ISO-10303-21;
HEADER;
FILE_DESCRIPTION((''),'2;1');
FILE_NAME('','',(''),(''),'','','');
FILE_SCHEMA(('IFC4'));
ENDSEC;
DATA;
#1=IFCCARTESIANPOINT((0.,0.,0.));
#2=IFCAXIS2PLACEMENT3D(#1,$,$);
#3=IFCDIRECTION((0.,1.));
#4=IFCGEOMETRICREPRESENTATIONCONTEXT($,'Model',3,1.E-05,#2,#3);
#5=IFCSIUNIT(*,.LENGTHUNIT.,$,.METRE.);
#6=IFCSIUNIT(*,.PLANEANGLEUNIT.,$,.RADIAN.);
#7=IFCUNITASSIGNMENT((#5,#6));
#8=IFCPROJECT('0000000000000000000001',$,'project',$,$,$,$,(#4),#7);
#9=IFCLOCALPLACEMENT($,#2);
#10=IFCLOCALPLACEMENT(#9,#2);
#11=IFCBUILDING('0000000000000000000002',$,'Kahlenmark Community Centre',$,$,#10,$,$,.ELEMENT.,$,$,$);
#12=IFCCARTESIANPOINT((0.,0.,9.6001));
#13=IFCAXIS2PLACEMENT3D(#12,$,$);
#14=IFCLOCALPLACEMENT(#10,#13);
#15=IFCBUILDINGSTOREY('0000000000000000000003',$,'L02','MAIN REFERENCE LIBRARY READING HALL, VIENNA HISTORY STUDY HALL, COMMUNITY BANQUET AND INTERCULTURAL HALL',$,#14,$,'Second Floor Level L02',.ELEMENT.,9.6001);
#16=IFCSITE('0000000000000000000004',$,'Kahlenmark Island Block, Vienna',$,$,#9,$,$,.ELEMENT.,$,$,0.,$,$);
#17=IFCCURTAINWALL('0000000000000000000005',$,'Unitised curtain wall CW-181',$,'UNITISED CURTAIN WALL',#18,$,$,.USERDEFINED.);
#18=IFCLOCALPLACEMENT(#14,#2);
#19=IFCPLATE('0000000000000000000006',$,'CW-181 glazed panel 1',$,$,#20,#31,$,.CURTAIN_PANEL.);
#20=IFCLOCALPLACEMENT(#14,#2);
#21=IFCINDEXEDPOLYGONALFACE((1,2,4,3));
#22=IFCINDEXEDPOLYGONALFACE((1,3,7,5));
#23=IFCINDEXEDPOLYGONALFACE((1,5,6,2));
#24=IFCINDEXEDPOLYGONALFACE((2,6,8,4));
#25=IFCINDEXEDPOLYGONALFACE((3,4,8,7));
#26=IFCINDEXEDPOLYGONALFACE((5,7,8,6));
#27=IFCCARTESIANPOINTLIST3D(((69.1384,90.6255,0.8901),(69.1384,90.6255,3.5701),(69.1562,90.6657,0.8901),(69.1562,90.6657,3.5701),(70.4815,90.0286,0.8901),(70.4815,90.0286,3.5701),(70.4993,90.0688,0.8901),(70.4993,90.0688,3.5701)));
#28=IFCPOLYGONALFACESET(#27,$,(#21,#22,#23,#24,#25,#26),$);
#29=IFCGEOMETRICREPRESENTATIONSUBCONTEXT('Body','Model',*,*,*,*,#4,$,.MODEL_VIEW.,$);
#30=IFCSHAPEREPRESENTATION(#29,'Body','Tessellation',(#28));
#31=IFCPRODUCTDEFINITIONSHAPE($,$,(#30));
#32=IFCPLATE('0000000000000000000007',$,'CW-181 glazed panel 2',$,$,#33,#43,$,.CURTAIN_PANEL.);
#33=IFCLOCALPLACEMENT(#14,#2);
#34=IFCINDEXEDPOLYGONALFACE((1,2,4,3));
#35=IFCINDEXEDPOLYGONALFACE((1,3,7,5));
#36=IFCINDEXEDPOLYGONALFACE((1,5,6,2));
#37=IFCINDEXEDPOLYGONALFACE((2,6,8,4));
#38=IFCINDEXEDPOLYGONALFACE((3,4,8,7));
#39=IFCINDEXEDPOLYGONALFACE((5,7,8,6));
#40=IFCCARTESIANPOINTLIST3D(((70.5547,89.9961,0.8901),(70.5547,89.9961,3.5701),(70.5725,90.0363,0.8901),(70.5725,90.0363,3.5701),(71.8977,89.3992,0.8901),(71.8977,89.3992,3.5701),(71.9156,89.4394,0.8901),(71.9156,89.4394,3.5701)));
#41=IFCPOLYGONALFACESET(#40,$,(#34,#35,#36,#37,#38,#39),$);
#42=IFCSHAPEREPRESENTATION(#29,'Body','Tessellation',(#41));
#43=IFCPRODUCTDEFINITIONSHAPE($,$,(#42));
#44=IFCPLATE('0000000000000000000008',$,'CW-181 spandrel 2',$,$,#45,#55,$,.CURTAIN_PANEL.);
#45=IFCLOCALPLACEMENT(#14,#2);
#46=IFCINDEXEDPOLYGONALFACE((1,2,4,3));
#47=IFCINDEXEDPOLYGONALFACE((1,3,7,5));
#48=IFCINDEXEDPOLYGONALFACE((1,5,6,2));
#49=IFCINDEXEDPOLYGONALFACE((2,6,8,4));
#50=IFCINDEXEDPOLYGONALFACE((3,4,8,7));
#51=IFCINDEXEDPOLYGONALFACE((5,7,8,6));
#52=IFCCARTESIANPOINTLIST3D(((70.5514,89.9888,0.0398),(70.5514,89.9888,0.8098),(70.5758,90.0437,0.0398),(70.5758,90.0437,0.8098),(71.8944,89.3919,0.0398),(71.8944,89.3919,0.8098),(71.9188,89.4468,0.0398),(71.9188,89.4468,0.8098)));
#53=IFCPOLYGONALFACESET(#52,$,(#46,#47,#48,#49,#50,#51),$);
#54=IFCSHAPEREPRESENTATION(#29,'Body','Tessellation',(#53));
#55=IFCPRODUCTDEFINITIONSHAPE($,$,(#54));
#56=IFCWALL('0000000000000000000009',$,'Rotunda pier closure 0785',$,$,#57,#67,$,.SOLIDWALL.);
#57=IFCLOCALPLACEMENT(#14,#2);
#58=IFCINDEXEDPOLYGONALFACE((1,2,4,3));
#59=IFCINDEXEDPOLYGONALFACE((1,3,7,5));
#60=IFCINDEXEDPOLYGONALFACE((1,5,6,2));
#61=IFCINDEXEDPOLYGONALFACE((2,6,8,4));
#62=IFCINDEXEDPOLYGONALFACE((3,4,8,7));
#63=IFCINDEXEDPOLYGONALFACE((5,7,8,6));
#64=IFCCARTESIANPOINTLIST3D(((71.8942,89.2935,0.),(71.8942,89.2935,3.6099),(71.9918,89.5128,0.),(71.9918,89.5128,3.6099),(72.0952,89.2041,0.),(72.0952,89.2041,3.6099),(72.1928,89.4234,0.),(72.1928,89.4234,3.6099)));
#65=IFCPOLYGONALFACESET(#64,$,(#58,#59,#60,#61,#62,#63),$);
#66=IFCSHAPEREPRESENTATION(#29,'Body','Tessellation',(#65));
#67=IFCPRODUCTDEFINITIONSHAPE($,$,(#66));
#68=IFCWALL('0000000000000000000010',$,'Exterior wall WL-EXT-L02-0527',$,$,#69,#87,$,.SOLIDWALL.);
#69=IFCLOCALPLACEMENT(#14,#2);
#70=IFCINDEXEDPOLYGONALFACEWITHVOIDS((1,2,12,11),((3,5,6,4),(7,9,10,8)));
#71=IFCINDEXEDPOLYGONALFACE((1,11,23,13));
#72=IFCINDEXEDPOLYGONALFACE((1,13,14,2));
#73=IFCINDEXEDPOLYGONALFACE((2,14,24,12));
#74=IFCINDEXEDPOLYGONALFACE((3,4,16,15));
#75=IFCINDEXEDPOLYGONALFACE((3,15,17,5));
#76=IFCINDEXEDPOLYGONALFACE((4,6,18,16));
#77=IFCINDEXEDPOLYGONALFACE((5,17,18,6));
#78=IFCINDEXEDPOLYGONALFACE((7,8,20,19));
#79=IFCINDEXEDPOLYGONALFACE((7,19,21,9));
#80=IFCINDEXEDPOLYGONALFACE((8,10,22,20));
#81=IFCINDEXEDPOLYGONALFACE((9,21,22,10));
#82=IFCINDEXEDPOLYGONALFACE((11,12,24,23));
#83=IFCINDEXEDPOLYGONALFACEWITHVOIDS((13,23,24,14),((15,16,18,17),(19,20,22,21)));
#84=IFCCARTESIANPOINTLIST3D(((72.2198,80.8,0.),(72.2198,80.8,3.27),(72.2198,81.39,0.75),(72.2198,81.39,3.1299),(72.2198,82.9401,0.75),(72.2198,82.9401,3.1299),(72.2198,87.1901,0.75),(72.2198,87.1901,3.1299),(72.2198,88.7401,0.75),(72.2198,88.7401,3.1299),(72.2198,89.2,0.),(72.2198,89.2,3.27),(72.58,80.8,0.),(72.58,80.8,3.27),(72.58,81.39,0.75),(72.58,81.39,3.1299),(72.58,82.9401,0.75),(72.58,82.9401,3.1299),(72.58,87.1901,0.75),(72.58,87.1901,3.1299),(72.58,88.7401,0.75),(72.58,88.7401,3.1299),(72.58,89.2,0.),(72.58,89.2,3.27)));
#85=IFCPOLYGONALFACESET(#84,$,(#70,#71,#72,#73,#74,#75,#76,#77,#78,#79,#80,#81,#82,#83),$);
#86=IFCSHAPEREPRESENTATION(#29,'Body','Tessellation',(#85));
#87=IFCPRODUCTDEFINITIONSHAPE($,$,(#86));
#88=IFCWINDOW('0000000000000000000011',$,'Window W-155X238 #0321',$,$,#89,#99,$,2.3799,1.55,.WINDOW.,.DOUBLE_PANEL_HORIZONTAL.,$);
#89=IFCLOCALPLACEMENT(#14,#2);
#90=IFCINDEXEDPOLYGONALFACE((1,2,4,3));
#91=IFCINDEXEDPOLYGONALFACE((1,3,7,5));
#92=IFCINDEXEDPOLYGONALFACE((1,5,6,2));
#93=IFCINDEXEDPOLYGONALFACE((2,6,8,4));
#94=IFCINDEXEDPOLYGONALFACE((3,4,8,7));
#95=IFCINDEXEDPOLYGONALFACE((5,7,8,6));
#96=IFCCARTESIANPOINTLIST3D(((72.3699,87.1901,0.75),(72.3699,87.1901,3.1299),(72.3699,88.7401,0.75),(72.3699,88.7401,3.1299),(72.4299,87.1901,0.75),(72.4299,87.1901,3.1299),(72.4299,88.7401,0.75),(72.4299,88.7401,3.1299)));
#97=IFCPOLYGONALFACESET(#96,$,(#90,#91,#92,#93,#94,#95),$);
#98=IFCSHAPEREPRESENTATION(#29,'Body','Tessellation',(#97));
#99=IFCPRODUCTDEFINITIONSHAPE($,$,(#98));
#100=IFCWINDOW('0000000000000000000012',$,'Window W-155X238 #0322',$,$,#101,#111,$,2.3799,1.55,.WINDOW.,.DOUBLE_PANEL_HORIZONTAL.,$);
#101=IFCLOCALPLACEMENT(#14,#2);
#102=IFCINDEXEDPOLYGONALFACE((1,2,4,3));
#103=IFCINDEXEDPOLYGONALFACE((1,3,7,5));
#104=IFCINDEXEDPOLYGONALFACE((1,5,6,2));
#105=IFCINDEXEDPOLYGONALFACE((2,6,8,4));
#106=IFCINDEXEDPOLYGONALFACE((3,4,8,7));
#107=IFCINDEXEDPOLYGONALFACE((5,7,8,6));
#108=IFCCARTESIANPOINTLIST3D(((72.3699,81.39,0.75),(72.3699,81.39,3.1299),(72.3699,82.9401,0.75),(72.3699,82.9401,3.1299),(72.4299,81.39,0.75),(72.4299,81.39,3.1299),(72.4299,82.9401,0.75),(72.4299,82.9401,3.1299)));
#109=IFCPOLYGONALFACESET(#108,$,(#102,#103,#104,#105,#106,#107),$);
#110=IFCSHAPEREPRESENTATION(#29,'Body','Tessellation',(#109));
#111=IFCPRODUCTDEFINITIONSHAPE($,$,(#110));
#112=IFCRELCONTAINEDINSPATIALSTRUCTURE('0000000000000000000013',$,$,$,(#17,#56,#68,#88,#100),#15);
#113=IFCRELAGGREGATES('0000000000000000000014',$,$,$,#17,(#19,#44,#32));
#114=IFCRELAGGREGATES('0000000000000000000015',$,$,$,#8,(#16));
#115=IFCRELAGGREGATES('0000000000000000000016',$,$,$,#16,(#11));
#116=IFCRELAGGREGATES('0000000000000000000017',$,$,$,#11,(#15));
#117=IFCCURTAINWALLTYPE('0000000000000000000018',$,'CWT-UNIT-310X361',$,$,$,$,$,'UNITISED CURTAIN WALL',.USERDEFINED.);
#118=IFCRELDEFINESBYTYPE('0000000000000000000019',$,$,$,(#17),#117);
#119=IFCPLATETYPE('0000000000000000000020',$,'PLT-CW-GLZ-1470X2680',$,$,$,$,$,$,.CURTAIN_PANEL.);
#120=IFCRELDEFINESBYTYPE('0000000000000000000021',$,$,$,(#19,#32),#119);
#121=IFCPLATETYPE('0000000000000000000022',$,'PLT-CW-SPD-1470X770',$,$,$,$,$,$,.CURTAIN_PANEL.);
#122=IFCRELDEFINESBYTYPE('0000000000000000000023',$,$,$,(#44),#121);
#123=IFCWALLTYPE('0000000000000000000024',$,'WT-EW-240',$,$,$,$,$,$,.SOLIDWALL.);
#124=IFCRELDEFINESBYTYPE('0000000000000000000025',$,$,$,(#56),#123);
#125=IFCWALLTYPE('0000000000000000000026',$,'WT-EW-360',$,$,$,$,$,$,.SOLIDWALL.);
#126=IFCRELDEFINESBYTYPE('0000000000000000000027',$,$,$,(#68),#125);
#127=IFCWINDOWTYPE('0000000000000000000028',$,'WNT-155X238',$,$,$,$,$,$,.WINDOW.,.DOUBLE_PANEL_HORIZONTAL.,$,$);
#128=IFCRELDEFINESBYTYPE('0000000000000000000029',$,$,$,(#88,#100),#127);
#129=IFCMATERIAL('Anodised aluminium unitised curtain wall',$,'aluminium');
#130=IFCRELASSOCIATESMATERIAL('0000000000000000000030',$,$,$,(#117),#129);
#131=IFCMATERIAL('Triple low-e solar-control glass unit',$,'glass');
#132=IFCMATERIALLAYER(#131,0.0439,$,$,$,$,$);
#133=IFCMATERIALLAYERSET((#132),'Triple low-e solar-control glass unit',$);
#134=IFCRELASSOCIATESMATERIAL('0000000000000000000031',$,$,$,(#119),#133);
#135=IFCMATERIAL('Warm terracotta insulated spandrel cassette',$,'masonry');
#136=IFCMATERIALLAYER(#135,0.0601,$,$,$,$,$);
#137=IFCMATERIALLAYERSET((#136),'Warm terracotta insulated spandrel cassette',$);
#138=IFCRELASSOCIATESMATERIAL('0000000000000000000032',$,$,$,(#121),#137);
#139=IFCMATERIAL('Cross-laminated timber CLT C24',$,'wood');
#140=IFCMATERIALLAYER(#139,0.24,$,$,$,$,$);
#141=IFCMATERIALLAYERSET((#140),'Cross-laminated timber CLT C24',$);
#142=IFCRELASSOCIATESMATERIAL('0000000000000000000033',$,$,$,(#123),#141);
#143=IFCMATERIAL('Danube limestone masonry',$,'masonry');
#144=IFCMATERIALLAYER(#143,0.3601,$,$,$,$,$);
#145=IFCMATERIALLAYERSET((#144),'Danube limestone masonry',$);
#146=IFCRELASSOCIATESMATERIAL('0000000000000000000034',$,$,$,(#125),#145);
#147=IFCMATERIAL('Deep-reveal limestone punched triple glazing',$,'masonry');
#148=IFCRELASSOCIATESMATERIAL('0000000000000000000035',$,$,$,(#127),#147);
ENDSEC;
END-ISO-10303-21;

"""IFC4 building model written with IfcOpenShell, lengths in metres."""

from ifc_helpers import new_model, si_unit, direction, frame, frame_2d, origin, origin_2d, place, context, subcontext, project, spatial, rectangle, extrude, material, layer, layer_set, type_object, element, fill, aggregate, save


model = new_model("IFC4")

# Units and contexts
model_context = context("Model", 3, precision=1e-05, world=origin(), true_north=direction((0.0, 1.0)))
body_context = subcontext(model_context, "Body", "Model", "MODEL_VIEW")
ifc_project = project(units=[si_unit("LENGTHUNIT", "METRE"), si_unit("PLANEANGLEUNIT", "RADIAN")], contexts=[model_context])

# Site, building, storey
site_placement = place(None, origin())
site = spatial("IfcSite", under=ifc_project, at=site_placement, Name="Kahlenmark Island Block, Vienna", CompositionType="ELEMENT", RefElevation=0.0)
building_placement = place(site_placement, origin())
building = spatial("IfcBuilding", under=site, at=building_placement, Name="Kahlenmark Community Centre", CompositionType="ELEMENT")
storey_placement = place(building_placement, frame((0.0, 0.0, 9.6001)))
storey = spatial("IfcBuildingStorey", under=building, at=storey_placement, Name="L02", Description="MAIN REFERENCE LIBRARY READING HALL, VIENNA HISTORY STUDY HALL, COMMUNITY BANQUET AND INTERCULTURAL HALL", LongName="Second Floor Level L02", CompositionType="ELEMENT", Elevation=9.6001)

# Curtain wall, plates
ifc_material_1 = material(Name="Anodised aluminium unitised curtain wall", Category="aluminium")
curtain_wall_type = type_object("IfcCurtainWallType", Name="CWT-UNIT-310X361", ElementType="UNITISED CURTAIN WALL", PredefinedType="USERDEFINED", material=ifc_material_1)
curtain_wall_placement = place(storey_placement, origin())
curtain_wall = element("IfcCurtainWall", 1, at=curtain_wall_placement, inside=storey, type_object=curtain_wall_type, Name="Unitised curtain wall CW-181", ObjectType="UNITISED CURTAIN WALL", PredefinedType="USERDEFINED")
ifc_material_2 = material(Name="Triple low-e solar-control glass unit", Category="glass")
ifc_layer_1 = layer(ifc_material_2, 0.0439)
ifc_layer_set_1 = layer_set([ifc_layer_1], Name="Triple low-e solar-control glass unit")
plate_type_1 = type_object("IfcPlateType", Name="PLT-CW-GLZ-1470X2680", PredefinedType="CURTAIN_PANEL", material=ifc_layer_set_1)
plate_1_placement = place(storey_placement, frame((69.8188, 90.3472, 0.8901), z_axis=(0.0, 0.0, 1.0), x_axis=(0.913817, -0.406126, 0.0)))
plate_1 = element("IfcPlate", 2, at=plate_1_placement, type_object=plate_type_1, Name="CW-181 glazed panel 1", PredefinedType="CURTAIN_PANEL", context=body_context, shape_type="SweptSolid", body=[
    extrude(rectangle(XDim=1.4697, YDim=0.0439, at=origin_2d()), origin(), (0.0, 0.0, 1.0), 2.6799),
])
plate_2_placement = place(storey_placement, frame((71.2351, 89.7178, 0.8901), z_axis=(0.0, 0.0, 1.0), x_axis=(0.913817, -0.406126, 0.0)))
plate_2 = element("IfcPlate", 3, at=plate_2_placement, type_object=plate_type_1, Name="CW-181 glazed panel 2", PredefinedType="CURTAIN_PANEL", context=body_context, shape_type="SweptSolid", body=[
    extrude(rectangle(XDim=1.4697, YDim=0.0439, at=origin_2d()), origin(), (0.0, 0.0, 1.0), 2.6799),
])
ifc_material_3 = material(Name="Warm terracotta insulated spandrel cassette", Category="masonry")
ifc_layer_2 = layer(ifc_material_3, 0.0601)
ifc_layer_set_2 = layer_set([ifc_layer_2], Name="Warm terracotta insulated spandrel cassette")
plate_type_2 = type_object("IfcPlateType", Name="PLT-CW-SPD-1470X770", PredefinedType="CURTAIN_PANEL", material=ifc_layer_set_2)
plate_3_placement = place(storey_placement, frame((71.2351, 89.7178, 0.0398), z_axis=(0.0, 0.0, 1.0), x_axis=(0.913817, -0.406126, 0.0)))
plate_3 = element("IfcPlate", 4, at=plate_3_placement, type_object=plate_type_2, Name="CW-181 spandrel 2", PredefinedType="CURTAIN_PANEL", context=body_context, shape_type="SweptSolid", body=[
    extrude(rectangle(XDim=1.4697, YDim=0.0601, at=origin_2d()), origin(), (0.0, 0.0, 1.0), 0.77),
])
aggregate(curtain_wall, [plate_1, plate_3, plate_2])

# Wall
ifc_material_4 = material(Name="Cross-laminated timber CLT C24", Category="wood")
ifc_layer_3 = layer(ifc_material_4, 0.24)
ifc_layer_set_3 = layer_set([ifc_layer_3], Name="Cross-laminated timber CLT C24")
wall_type_1 = type_object("IfcWallType", Name="WT-EW-240", PredefinedType="SOLIDWALL", material=ifc_layer_set_3)
wall_1_placement = place(storey_placement, frame((71.9431, 89.4031, 0.0), z_axis=(0.0, 0.0, 1.0), x_axis=(0.91372, -0.406344, 0.0)))
element("IfcWall", 5, at=wall_1_placement, inside=storey, type_object=wall_type_1, Name="Rotunda pier closure 0785", PredefinedType="SOLIDWALL", context=body_context, shape_type="SweptSolid", body=[
    extrude(rectangle(XDim=0.22, YDim=0.24, at=frame_2d((0.1099, 0.0))), origin(), (0.0, 0.0, 1.0), 3.6099),
])

# Wall, openings, windows
ifc_material_5 = material(Name="Danube limestone masonry", Category="masonry")
ifc_layer_4 = layer(ifc_material_5, 0.3601)
ifc_layer_set_4 = layer_set([ifc_layer_4], Name="Danube limestone masonry")
wall_type_2 = type_object("IfcWallType", Name="WT-EW-360", PredefinedType="SOLIDWALL", material=ifc_layer_set_4)
wall_2_placement = place(storey_placement, frame((72.3999, 89.2, 0.0), z_axis=(0.0, 0.0, 1.0), x_axis=(0.0, -1.0, 0.0)))
wall_2 = element("IfcWall", 6, at=wall_2_placement, inside=storey, type_object=wall_type_2, Name="Exterior wall WL-EXT-L02-0527", PredefinedType="SOLIDWALL", context=body_context, shape_type="SweptSolid", body=[
    extrude(rectangle(XDim=8.3999, YDim=0.3601, at=frame_2d((4.2, 0.0))), origin(), (0.0, 0.0, 1.0), 3.27),
])
opening_1_placement = place(wall_2_placement, frame((0.46, 0.0, 0.75)))
opening_1 = element("IfcOpeningElement", 7, at=opening_1_placement, cuts=wall_2, PredefinedType="OPENING", context=body_context, shape_type="SweptSolid", body=[
    extrude(rectangle(XDim=1.55, YDim=2.3799, at=frame_2d((0.7749, 1.1899))), frame((0.0, 0.1899, 0.0), z_axis=(0.0, -1.0, 0.0), x_axis=(1.0, 0.0, 0.0)), (0.0, 0.0, 1.0), 0.3801),
])
opening_2_placement = place(wall_2_placement, frame((6.26, 0.0, 0.75)))
opening_2 = element("IfcOpeningElement", 8, at=opening_2_placement, cuts=wall_2, PredefinedType="OPENING", context=body_context, shape_type="SweptSolid", body=[
    extrude(rectangle(XDim=1.55, YDim=2.3799, at=frame_2d((0.7749, 1.1899))), frame((0.0, 0.1899, 0.0), z_axis=(0.0, -1.0, 0.0), x_axis=(1.0, 0.0, 0.0)), (0.0, 0.0, 1.0), 0.3801),
])
ifc_material_6 = material(Name="Deep-reveal limestone punched triple glazing", Category="masonry")
window_type = type_object("IfcWindowType", Name="WNT-155X238", PartitioningType="DOUBLE_PANEL_HORIZONTAL", PredefinedType="WINDOW", material=ifc_material_6)
window_1_placement = place(opening_1_placement, origin())
window_1 = element("IfcWindow", 9, at=window_1_placement, inside=storey, type_object=window_type, Name="Window W-155X238 #0321", OverallHeight=2.3799, OverallWidth=1.55, PartitioningType="DOUBLE_PANEL_HORIZONTAL", PredefinedType="WINDOW", context=body_context, shape_type="SweptSolid", body=[
    extrude(rectangle(XDim=1.55, YDim=2.3799, at=frame_2d((0.7749, 1.1899))), frame((0.0, 0.03, 0.0), z_axis=(0.0, -1.0, 0.0), x_axis=(1.0, 0.0, 0.0)), (0.0, 0.0, 1.0), 0.0601),
])
fill(opening_1, window_1)
window_2_placement = place(opening_2_placement, origin())
window_2 = element("IfcWindow", 10, at=window_2_placement, inside=storey, type_object=window_type, Name="Window W-155X238 #0322", OverallHeight=2.3799, OverallWidth=1.55, PartitioningType="DOUBLE_PANEL_HORIZONTAL", PredefinedType="WINDOW", context=body_context, shape_type="SweptSolid", body=[
    extrude(rectangle(XDim=1.55, YDim=2.3799, at=frame_2d((0.7749, 1.1899))), frame((0.0, 0.03, 0.0), z_axis=(0.0, -1.0, 0.0), x_axis=(1.0, 0.0, 0.0)), (0.0, 0.0, 1.0), 0.0601),
])
fill(opening_2, window_2)

save(model, "model.ifc")
